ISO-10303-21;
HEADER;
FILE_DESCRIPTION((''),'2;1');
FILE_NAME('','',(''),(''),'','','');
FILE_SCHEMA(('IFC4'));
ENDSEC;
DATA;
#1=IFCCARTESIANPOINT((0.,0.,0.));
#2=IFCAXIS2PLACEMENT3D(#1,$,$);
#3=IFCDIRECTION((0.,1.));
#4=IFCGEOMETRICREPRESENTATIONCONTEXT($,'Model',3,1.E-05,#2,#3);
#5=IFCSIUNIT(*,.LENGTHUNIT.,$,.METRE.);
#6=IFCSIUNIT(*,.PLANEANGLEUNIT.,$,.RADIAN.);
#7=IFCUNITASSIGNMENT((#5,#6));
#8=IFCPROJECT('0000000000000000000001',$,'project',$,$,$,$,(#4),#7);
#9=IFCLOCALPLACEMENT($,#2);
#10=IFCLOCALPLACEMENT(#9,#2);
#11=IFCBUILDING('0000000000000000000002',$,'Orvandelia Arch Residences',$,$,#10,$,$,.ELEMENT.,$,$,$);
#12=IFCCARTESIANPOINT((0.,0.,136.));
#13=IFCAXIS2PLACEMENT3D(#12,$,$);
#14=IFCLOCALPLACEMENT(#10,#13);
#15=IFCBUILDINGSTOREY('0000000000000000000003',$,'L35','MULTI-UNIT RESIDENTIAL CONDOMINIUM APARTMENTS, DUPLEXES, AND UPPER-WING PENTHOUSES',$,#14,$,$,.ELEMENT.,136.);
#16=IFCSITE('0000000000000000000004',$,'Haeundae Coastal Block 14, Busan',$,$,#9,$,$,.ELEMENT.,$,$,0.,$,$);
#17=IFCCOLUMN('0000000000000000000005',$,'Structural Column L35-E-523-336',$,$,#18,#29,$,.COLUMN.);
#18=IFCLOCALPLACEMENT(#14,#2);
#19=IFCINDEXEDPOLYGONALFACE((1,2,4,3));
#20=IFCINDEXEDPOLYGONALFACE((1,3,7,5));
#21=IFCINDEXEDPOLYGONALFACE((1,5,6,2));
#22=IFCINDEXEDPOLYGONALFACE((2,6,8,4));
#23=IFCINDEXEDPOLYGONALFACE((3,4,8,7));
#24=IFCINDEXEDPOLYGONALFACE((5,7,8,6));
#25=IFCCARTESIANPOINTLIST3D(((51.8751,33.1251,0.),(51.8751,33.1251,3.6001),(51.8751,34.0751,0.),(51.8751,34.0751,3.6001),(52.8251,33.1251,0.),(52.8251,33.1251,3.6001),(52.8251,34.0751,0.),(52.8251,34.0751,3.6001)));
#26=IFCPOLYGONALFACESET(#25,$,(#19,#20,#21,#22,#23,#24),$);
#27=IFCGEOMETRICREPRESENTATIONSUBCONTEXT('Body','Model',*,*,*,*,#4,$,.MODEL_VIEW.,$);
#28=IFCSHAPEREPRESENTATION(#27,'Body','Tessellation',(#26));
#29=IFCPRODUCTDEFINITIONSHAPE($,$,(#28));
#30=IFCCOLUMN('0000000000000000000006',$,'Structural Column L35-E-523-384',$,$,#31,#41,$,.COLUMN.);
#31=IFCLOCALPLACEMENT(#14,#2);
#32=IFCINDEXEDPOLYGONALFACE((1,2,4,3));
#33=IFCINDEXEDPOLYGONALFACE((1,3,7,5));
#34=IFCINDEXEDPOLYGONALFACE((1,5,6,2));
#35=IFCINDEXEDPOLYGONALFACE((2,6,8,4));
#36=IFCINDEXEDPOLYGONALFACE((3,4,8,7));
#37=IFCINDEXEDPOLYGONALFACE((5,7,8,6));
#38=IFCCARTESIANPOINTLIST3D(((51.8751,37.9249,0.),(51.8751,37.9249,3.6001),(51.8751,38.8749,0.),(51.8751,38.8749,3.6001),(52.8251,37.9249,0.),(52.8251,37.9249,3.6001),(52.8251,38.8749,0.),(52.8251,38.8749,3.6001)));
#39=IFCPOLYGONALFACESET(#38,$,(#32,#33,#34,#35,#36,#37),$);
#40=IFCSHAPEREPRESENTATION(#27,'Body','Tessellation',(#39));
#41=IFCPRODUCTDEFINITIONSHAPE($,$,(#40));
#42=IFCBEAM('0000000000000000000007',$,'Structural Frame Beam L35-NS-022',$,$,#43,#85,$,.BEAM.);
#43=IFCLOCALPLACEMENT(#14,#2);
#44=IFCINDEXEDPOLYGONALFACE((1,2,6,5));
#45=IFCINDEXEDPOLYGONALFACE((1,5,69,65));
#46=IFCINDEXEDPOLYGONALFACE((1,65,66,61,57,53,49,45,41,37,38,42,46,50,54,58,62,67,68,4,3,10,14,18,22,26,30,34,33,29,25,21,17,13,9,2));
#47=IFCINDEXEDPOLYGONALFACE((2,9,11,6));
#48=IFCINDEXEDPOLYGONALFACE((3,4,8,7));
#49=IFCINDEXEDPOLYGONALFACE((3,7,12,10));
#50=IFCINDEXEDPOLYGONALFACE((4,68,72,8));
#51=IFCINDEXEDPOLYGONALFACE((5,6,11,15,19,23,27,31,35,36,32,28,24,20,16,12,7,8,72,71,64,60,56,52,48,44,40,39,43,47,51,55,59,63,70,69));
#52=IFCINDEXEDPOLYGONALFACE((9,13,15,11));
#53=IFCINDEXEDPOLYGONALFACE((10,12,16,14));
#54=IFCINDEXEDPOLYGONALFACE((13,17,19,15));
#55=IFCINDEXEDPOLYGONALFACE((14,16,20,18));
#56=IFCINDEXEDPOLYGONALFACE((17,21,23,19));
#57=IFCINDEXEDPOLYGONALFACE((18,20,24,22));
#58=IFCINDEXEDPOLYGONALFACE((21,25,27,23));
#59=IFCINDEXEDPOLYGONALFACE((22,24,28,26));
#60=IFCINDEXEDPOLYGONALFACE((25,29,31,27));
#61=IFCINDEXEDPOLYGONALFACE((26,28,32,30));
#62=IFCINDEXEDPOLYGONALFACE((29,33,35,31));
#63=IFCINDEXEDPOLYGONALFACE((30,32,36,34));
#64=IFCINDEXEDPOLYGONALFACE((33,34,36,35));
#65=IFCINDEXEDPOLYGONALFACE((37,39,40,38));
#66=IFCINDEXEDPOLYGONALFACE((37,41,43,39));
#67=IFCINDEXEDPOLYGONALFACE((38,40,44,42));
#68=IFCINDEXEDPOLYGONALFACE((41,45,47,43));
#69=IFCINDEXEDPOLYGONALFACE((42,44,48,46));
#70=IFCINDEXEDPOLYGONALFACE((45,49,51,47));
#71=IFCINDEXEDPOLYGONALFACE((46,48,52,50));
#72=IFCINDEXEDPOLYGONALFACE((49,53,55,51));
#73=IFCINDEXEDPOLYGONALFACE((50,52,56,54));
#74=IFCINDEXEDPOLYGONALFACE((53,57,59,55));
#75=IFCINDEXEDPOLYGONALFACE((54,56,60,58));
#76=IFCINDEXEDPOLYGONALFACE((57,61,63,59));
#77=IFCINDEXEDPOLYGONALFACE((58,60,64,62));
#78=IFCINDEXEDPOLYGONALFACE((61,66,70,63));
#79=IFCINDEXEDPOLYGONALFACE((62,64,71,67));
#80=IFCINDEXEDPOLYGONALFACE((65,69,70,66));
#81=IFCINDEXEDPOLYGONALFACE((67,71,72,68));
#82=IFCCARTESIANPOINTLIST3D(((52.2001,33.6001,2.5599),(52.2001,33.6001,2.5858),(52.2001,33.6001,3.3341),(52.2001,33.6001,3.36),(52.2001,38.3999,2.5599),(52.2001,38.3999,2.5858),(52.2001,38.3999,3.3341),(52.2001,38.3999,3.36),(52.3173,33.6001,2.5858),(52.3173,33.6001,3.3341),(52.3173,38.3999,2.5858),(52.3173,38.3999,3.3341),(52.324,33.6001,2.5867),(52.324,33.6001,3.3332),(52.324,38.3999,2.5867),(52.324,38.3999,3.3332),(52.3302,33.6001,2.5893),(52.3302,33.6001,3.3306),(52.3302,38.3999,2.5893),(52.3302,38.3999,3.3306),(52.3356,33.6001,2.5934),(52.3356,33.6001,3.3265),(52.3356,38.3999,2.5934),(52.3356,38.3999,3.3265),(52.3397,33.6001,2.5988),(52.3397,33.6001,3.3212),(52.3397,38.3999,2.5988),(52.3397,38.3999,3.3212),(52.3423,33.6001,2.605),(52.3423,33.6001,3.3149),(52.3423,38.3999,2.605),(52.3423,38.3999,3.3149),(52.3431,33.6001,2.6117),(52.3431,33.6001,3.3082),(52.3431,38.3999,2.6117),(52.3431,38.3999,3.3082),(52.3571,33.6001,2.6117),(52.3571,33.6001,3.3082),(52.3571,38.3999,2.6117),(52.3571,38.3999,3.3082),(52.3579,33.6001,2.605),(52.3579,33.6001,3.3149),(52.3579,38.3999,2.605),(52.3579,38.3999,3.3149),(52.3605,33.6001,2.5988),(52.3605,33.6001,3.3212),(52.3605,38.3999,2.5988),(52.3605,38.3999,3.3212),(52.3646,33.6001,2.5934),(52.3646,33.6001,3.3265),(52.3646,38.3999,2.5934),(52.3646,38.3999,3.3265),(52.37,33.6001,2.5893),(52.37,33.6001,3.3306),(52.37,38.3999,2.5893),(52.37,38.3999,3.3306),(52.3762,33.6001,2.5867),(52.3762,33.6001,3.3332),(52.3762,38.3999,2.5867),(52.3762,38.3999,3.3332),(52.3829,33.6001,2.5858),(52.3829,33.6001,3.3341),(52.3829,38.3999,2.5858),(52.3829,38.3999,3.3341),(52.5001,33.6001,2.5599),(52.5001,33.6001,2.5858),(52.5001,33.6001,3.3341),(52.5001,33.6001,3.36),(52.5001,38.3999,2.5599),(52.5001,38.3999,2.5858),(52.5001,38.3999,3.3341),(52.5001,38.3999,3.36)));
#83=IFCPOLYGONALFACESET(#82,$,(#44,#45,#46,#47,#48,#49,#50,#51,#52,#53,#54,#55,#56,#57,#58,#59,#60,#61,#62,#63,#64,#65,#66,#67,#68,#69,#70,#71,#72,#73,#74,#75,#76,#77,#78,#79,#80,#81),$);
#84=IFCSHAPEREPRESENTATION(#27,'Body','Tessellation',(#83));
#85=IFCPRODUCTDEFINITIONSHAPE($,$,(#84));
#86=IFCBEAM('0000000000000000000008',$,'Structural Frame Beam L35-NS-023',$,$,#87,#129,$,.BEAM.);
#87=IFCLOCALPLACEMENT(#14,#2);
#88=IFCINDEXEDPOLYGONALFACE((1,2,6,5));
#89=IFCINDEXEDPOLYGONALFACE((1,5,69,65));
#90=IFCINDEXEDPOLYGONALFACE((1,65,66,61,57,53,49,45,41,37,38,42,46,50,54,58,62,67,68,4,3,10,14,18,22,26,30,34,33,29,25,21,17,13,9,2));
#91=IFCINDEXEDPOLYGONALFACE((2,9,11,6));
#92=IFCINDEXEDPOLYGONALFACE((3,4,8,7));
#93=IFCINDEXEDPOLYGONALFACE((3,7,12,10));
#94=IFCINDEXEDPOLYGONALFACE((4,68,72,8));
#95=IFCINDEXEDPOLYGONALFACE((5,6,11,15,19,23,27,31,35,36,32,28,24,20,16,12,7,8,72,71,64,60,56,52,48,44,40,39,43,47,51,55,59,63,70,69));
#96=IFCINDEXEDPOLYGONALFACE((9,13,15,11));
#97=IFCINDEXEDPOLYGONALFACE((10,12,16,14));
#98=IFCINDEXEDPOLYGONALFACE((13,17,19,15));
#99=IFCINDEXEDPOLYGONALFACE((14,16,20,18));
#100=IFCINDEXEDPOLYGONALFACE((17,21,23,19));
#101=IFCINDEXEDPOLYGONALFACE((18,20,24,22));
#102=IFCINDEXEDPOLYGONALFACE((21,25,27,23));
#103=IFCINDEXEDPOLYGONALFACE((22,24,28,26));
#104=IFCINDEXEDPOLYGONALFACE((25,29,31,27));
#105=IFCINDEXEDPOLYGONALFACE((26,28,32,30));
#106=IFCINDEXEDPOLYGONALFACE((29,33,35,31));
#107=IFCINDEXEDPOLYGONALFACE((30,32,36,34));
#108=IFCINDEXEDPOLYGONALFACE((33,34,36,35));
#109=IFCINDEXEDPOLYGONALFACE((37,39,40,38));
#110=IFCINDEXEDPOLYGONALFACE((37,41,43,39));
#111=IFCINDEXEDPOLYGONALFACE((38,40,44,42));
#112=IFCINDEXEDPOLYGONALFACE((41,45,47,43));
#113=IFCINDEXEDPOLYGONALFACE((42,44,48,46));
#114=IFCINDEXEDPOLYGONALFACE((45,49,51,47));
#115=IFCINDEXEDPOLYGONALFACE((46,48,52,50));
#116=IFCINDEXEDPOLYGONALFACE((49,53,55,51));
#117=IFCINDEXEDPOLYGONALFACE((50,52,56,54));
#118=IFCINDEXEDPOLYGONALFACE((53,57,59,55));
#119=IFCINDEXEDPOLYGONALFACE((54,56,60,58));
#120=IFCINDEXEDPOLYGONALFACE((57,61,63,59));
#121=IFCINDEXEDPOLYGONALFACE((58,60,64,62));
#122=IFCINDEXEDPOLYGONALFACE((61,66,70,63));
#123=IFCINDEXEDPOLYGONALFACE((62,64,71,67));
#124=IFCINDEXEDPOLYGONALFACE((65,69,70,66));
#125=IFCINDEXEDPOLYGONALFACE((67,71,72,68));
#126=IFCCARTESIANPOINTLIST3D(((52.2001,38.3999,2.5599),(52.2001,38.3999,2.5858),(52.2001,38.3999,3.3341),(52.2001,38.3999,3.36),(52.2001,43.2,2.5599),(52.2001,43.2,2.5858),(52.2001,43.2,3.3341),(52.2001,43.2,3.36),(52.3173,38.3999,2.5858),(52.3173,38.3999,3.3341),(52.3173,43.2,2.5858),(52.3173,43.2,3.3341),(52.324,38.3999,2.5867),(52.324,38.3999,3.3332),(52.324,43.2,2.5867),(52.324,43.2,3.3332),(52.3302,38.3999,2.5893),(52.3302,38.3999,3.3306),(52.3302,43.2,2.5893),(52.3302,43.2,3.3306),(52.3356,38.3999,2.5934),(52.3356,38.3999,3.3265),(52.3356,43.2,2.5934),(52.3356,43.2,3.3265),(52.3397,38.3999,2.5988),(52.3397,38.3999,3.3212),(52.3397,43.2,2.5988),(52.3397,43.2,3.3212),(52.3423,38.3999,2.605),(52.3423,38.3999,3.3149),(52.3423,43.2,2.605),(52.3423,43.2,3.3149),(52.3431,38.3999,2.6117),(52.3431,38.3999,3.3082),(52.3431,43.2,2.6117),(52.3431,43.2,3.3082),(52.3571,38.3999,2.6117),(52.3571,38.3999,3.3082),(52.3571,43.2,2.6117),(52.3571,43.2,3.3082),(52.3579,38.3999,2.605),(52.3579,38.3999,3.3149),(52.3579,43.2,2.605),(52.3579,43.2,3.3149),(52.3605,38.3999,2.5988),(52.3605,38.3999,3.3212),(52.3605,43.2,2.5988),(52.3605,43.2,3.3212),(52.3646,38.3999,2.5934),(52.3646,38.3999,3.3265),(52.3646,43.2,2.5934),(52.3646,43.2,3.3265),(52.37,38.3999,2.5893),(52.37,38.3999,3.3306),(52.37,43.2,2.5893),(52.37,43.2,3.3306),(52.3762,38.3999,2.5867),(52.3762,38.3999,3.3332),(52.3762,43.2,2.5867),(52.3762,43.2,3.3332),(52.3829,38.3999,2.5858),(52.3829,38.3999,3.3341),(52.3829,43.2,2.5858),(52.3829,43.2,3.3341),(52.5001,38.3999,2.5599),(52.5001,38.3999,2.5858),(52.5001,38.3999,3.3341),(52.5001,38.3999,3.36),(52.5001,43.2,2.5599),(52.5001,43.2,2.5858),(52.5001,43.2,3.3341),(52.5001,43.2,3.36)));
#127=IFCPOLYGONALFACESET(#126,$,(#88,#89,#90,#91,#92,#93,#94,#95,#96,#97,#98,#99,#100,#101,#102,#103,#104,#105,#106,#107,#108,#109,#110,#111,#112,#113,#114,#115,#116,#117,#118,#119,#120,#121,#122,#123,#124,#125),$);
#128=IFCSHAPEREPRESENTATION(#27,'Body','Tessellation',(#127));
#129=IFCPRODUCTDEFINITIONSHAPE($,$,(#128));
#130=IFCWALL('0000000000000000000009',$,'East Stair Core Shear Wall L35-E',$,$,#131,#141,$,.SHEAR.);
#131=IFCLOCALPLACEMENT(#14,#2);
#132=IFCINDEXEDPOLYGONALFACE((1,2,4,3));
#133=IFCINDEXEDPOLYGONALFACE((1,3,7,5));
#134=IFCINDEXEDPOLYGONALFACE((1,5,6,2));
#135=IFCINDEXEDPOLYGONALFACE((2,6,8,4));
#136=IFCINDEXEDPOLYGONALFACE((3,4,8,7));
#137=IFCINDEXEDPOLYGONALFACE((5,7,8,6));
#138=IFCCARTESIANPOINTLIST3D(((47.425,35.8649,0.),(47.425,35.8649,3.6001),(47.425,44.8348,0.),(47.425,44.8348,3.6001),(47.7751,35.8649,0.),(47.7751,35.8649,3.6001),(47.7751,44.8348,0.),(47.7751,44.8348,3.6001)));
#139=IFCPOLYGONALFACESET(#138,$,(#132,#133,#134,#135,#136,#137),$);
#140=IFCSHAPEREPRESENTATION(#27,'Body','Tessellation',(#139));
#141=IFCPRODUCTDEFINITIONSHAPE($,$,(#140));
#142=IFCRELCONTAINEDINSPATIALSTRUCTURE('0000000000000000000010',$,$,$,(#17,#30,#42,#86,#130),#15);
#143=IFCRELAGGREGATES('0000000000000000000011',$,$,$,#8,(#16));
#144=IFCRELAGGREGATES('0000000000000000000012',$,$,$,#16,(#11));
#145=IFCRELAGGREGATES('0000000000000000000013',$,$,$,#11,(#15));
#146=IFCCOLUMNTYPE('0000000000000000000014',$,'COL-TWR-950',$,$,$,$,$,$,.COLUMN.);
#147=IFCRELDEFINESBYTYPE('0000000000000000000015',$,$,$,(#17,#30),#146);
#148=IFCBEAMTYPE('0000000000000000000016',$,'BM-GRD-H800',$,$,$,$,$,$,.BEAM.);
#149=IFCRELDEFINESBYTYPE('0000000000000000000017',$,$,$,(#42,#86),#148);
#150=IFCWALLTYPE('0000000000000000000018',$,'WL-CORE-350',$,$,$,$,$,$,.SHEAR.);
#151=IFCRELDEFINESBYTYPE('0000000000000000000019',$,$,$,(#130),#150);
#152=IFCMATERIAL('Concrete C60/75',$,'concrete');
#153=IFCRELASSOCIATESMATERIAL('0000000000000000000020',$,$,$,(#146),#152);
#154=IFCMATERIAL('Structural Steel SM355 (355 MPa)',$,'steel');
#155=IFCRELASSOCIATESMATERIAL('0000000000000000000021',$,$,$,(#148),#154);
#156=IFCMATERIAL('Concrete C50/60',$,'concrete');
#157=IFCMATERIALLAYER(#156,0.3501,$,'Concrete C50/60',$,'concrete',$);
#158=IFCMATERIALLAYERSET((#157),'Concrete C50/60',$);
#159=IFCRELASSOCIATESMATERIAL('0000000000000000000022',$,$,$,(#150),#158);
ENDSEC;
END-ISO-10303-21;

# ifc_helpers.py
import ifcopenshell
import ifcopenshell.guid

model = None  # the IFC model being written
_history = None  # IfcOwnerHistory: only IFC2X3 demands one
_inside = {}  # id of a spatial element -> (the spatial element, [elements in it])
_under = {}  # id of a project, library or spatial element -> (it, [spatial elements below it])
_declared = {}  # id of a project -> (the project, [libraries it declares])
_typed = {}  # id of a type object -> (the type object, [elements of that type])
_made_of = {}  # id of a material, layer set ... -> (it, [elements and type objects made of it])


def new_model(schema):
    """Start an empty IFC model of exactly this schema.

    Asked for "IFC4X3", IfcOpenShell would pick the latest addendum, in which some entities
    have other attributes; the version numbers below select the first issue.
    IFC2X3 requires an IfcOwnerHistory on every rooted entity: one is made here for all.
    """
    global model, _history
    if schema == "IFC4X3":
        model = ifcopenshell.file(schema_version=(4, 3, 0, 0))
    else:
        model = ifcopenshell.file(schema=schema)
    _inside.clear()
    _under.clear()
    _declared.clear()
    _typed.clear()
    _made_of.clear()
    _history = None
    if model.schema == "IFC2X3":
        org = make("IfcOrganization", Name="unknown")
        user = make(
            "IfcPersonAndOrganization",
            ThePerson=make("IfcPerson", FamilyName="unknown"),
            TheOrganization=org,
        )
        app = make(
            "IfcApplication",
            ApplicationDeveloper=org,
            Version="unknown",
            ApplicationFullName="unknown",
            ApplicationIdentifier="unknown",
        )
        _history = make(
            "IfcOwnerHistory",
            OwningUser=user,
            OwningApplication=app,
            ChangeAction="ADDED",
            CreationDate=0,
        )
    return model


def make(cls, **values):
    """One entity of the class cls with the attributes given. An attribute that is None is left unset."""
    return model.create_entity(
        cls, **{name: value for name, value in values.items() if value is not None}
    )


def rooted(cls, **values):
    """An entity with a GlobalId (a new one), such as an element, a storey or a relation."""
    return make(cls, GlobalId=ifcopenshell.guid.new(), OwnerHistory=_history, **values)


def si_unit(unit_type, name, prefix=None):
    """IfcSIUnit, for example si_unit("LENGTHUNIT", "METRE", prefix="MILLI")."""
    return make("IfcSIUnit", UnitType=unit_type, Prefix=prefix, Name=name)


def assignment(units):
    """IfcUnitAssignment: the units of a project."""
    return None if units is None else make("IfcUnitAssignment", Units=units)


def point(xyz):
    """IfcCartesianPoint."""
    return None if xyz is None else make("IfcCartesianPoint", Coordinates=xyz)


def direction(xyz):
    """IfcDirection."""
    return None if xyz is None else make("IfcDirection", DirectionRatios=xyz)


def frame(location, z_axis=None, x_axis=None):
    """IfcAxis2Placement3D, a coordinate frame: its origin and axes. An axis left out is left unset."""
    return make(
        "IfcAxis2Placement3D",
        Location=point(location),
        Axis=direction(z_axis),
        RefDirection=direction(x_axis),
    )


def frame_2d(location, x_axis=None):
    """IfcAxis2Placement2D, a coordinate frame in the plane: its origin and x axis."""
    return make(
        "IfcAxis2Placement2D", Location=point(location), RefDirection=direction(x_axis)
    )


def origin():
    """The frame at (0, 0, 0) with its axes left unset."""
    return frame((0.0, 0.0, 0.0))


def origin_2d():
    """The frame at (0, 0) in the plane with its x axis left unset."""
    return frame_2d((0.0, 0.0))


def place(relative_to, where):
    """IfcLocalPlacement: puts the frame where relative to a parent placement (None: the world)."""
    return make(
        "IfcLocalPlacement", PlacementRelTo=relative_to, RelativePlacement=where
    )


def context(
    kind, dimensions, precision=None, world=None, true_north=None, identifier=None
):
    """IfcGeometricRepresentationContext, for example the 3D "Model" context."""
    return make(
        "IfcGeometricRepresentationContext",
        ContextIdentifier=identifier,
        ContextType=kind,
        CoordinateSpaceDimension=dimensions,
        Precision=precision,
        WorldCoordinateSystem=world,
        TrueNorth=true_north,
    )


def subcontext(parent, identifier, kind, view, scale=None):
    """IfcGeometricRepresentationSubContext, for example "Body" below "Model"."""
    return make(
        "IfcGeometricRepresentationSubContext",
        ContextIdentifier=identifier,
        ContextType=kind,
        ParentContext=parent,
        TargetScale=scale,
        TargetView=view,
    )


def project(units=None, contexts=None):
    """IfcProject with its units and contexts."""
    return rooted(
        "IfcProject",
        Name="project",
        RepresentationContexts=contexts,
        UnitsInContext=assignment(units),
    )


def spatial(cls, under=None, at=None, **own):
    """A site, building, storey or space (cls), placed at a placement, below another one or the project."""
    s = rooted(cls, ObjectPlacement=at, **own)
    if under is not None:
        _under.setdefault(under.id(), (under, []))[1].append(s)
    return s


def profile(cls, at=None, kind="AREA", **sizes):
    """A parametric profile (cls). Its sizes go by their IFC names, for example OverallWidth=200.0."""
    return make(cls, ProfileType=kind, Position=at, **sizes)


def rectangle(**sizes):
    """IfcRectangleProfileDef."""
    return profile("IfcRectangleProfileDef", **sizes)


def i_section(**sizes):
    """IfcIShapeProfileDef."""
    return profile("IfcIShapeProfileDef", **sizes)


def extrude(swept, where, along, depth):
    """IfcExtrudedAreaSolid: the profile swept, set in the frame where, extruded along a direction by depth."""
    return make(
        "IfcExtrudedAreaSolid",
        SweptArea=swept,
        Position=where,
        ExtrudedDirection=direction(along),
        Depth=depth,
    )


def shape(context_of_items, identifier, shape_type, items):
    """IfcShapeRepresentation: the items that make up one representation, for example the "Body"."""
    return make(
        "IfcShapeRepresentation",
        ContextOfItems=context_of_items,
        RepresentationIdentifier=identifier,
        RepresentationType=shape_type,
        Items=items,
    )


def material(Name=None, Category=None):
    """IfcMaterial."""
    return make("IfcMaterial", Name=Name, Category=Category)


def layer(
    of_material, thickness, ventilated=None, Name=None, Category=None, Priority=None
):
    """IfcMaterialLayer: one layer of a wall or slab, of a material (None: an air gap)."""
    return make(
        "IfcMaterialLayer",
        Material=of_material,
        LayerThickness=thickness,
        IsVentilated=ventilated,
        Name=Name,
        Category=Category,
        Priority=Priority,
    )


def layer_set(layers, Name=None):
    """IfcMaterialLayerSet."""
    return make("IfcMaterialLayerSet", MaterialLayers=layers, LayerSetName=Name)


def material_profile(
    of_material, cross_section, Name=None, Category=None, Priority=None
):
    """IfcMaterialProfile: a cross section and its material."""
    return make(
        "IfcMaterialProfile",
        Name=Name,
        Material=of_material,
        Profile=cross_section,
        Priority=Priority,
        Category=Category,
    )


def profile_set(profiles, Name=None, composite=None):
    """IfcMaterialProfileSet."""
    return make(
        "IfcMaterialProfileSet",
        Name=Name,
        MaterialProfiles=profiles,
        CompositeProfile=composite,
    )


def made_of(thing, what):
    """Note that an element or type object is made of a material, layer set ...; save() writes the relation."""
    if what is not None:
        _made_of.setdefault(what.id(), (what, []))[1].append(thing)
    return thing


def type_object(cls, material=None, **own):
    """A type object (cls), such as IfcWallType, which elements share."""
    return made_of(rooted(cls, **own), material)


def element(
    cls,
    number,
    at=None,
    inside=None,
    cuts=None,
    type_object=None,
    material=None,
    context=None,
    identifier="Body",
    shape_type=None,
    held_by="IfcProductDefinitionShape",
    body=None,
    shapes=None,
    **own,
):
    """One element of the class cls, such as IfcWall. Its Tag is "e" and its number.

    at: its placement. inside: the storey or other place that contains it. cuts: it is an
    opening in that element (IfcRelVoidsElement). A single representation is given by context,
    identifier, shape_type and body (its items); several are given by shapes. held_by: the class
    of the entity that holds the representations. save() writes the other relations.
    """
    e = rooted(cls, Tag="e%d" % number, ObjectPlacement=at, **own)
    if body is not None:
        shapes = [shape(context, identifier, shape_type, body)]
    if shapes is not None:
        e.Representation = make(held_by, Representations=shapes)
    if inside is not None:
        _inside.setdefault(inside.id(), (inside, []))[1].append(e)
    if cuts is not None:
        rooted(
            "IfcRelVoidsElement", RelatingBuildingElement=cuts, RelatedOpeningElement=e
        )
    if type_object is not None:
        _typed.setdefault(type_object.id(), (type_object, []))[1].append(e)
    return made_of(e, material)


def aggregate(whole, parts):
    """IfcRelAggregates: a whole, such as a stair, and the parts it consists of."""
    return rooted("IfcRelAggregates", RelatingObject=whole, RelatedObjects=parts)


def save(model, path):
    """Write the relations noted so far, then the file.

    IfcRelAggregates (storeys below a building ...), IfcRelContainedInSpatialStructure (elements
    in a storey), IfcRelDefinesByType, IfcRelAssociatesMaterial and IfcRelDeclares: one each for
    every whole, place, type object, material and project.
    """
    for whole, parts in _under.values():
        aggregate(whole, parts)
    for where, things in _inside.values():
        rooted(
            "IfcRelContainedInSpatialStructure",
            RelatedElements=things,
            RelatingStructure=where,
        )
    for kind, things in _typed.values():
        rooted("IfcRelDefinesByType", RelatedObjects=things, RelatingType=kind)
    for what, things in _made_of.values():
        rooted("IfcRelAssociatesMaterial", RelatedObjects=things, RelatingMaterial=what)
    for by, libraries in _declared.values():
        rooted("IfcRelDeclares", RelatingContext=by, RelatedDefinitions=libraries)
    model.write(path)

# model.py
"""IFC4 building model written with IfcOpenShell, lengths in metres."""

from ifc_helpers import new_model, si_unit, direction, frame, frame_2d, origin, origin_2d, place, context, subcontext, project, spatial, rectangle, i_section, extrude, material, layer, layer_set, material_profile, profile_set, type_object, element, save


model = new_model("IFC4")

# Units and contexts
model_context = context("Model", 3, precision=1e-05, world=origin(), true_north=direction((0.0, 1.0)))
body_context = subcontext(model_context, "Body", "Model", "MODEL_VIEW")
ifc_project = project(units=[si_unit("LENGTHUNIT", "METRE"), si_unit("PLANEANGLEUNIT", "RADIAN")], contexts=[model_context])

# Site, building, storey
site_placement = place(None, origin())
site = spatial("IfcSite", under=ifc_project, at=site_placement, Name="Haeundae Coastal Block 14, Busan", CompositionType="ELEMENT", RefElevation=0.0)
building_placement = place(site_placement, origin())
building = spatial("IfcBuilding", under=site, at=building_placement, Name="Orvandelia Arch Residences", CompositionType="ELEMENT")
storey_placement = place(building_placement, frame((0.0, 0.0, 136.0)))
storey = spatial("IfcBuildingStorey", under=building, at=storey_placement, Name="L35", Description="MULTI-UNIT RESIDENTIAL CONDOMINIUM APARTMENTS, DUPLEXES, AND UPPER-WING PENTHOUSES", CompositionType="ELEMENT", Elevation=136.0)

# Columns
ifc_material_1 = material(Name="Concrete C60/75", Category="concrete")
ifc_material_profile_1 = material_profile(ifc_material_1, rectangle(XDim=0.95, YDim=0.95, at=origin_2d()), Name="Concrete C60/75", Category="concrete")
ifc_profile_set_1 = profile_set([ifc_material_profile_1], Name="Concrete C60/75")
column_type = type_object("IfcColumnType", Name="COL-TWR-950", PredefinedType="COLUMN", material=ifc_profile_set_1)
for number, where, z_axis, x_axis, name in (
    (1, (52.3501, 33.6001, 0.0), (0.0, 0.0, 1.0), (1.0, 0.0, 0.0), "Structural Column L35-E-523-336"),
    (2, (52.3501, 38.3999, 0.0), (0.0, 0.0, 1.0), (1.0, 0.0, 0.0), "Structural Column L35-E-523-384"),
):
    element("IfcColumn", number, at=place(storey_placement, frame(where, z_axis=z_axis, x_axis=x_axis)), inside=storey, type_object=column_type, Name=name, PredefinedType="COLUMN", context=body_context, shape_type="SweptSolid", body=[
        extrude(rectangle(XDim=0.95, YDim=0.95, at=origin_2d()), origin(), (0.0, 0.0, 1.0), 3.6001),
    ])

# Beams
ifc_material_2 = material(Name="Structural Steel SM355 (355 MPa)", Category="steel")
ifc_material_profile_2 = material_profile(ifc_material_2, i_section(OverallWidth=0.3, OverallDepth=0.8, WebThickness=0.0139, FlangeThickness=0.0259, FilletRadius=0.0259, at=origin_2d()), Name="Structural Steel SM355 (355 MPa)", Category="steel")
ifc_profile_set_2 = profile_set([ifc_material_profile_2], Name="Structural Steel SM355 (355 MPa)")
beam_type = type_object("IfcBeamType", Name="BM-GRD-H800", PredefinedType="BEAM", material=ifc_profile_set_2)
beam_1_placement = place(storey_placement, frame((52.3501, 33.6001, 2.96), z_axis=(0.0, 1.0, 0.0), x_axis=(-1.0, 0.0, 0.0)))
element("IfcBeam", 3, at=beam_1_placement, inside=storey, type_object=beam_type, Name="Structural Frame Beam L35-NS-022", PredefinedType="BEAM", context=body_context, shape_type="SweptSolid", body=[
    extrude(i_section(OverallWidth=0.3, OverallDepth=0.8, WebThickness=0.0139, FlangeThickness=0.0259, FilletRadius=0.0259, at=origin_2d()), origin(), (0.0, 0.0, 1.0), 4.7998),
])
beam_2_placement = place(storey_placement, frame((52.3501, 38.3999, 2.96), z_axis=(0.0, 1.0, 0.0), x_axis=(-1.0, 0.0, 0.0)))
element("IfcBeam", 4, at=beam_2_placement, inside=storey, type_object=beam_type, Name="Structural Frame Beam L35-NS-023", PredefinedType="BEAM", context=body_context, shape_type="SweptSolid", body=[
    extrude(i_section(OverallWidth=0.3, OverallDepth=0.8, WebThickness=0.0139, FlangeThickness=0.0259, FilletRadius=0.0259, at=origin_2d()), origin(), (0.0, 0.0, 1.0), 4.8),
])

# Wall
ifc_material_3 = material(Name="Concrete C50/60", Category="concrete")
ifc_layer_1 = layer(ifc_material_3, 0.3501, Name="Concrete C50/60", Category="concrete")
ifc_layer_set_1 = layer_set([ifc_layer_1], Name="Concrete C50/60")
wall_type_1 = type_object("IfcWallType", Name="WL-CORE-350", PredefinedType="SHEAR", material=ifc_layer_set_1)
wall_1_placement = place(storey_placement, frame((47.6001, 35.865, 0.0), z_axis=(0.0, 0.0, 1.0), x_axis=(0.0, 1.0, 0.0)))
element("IfcWall", 5, at=wall_1_placement, inside=storey, type_object=wall_type_1, Name="East Stair Core Shear Wall L35-E", PredefinedType="SHEAR", context=body_context, shape_type="SweptSolid", body=[
    extrude(rectangle(XDim=8.97, YDim=0.3501, at=frame_2d((4.4849, 0.0))), origin(), (0.0, 0.0, 1.0), 3.6001),
])

save(model, "model.ifc")
